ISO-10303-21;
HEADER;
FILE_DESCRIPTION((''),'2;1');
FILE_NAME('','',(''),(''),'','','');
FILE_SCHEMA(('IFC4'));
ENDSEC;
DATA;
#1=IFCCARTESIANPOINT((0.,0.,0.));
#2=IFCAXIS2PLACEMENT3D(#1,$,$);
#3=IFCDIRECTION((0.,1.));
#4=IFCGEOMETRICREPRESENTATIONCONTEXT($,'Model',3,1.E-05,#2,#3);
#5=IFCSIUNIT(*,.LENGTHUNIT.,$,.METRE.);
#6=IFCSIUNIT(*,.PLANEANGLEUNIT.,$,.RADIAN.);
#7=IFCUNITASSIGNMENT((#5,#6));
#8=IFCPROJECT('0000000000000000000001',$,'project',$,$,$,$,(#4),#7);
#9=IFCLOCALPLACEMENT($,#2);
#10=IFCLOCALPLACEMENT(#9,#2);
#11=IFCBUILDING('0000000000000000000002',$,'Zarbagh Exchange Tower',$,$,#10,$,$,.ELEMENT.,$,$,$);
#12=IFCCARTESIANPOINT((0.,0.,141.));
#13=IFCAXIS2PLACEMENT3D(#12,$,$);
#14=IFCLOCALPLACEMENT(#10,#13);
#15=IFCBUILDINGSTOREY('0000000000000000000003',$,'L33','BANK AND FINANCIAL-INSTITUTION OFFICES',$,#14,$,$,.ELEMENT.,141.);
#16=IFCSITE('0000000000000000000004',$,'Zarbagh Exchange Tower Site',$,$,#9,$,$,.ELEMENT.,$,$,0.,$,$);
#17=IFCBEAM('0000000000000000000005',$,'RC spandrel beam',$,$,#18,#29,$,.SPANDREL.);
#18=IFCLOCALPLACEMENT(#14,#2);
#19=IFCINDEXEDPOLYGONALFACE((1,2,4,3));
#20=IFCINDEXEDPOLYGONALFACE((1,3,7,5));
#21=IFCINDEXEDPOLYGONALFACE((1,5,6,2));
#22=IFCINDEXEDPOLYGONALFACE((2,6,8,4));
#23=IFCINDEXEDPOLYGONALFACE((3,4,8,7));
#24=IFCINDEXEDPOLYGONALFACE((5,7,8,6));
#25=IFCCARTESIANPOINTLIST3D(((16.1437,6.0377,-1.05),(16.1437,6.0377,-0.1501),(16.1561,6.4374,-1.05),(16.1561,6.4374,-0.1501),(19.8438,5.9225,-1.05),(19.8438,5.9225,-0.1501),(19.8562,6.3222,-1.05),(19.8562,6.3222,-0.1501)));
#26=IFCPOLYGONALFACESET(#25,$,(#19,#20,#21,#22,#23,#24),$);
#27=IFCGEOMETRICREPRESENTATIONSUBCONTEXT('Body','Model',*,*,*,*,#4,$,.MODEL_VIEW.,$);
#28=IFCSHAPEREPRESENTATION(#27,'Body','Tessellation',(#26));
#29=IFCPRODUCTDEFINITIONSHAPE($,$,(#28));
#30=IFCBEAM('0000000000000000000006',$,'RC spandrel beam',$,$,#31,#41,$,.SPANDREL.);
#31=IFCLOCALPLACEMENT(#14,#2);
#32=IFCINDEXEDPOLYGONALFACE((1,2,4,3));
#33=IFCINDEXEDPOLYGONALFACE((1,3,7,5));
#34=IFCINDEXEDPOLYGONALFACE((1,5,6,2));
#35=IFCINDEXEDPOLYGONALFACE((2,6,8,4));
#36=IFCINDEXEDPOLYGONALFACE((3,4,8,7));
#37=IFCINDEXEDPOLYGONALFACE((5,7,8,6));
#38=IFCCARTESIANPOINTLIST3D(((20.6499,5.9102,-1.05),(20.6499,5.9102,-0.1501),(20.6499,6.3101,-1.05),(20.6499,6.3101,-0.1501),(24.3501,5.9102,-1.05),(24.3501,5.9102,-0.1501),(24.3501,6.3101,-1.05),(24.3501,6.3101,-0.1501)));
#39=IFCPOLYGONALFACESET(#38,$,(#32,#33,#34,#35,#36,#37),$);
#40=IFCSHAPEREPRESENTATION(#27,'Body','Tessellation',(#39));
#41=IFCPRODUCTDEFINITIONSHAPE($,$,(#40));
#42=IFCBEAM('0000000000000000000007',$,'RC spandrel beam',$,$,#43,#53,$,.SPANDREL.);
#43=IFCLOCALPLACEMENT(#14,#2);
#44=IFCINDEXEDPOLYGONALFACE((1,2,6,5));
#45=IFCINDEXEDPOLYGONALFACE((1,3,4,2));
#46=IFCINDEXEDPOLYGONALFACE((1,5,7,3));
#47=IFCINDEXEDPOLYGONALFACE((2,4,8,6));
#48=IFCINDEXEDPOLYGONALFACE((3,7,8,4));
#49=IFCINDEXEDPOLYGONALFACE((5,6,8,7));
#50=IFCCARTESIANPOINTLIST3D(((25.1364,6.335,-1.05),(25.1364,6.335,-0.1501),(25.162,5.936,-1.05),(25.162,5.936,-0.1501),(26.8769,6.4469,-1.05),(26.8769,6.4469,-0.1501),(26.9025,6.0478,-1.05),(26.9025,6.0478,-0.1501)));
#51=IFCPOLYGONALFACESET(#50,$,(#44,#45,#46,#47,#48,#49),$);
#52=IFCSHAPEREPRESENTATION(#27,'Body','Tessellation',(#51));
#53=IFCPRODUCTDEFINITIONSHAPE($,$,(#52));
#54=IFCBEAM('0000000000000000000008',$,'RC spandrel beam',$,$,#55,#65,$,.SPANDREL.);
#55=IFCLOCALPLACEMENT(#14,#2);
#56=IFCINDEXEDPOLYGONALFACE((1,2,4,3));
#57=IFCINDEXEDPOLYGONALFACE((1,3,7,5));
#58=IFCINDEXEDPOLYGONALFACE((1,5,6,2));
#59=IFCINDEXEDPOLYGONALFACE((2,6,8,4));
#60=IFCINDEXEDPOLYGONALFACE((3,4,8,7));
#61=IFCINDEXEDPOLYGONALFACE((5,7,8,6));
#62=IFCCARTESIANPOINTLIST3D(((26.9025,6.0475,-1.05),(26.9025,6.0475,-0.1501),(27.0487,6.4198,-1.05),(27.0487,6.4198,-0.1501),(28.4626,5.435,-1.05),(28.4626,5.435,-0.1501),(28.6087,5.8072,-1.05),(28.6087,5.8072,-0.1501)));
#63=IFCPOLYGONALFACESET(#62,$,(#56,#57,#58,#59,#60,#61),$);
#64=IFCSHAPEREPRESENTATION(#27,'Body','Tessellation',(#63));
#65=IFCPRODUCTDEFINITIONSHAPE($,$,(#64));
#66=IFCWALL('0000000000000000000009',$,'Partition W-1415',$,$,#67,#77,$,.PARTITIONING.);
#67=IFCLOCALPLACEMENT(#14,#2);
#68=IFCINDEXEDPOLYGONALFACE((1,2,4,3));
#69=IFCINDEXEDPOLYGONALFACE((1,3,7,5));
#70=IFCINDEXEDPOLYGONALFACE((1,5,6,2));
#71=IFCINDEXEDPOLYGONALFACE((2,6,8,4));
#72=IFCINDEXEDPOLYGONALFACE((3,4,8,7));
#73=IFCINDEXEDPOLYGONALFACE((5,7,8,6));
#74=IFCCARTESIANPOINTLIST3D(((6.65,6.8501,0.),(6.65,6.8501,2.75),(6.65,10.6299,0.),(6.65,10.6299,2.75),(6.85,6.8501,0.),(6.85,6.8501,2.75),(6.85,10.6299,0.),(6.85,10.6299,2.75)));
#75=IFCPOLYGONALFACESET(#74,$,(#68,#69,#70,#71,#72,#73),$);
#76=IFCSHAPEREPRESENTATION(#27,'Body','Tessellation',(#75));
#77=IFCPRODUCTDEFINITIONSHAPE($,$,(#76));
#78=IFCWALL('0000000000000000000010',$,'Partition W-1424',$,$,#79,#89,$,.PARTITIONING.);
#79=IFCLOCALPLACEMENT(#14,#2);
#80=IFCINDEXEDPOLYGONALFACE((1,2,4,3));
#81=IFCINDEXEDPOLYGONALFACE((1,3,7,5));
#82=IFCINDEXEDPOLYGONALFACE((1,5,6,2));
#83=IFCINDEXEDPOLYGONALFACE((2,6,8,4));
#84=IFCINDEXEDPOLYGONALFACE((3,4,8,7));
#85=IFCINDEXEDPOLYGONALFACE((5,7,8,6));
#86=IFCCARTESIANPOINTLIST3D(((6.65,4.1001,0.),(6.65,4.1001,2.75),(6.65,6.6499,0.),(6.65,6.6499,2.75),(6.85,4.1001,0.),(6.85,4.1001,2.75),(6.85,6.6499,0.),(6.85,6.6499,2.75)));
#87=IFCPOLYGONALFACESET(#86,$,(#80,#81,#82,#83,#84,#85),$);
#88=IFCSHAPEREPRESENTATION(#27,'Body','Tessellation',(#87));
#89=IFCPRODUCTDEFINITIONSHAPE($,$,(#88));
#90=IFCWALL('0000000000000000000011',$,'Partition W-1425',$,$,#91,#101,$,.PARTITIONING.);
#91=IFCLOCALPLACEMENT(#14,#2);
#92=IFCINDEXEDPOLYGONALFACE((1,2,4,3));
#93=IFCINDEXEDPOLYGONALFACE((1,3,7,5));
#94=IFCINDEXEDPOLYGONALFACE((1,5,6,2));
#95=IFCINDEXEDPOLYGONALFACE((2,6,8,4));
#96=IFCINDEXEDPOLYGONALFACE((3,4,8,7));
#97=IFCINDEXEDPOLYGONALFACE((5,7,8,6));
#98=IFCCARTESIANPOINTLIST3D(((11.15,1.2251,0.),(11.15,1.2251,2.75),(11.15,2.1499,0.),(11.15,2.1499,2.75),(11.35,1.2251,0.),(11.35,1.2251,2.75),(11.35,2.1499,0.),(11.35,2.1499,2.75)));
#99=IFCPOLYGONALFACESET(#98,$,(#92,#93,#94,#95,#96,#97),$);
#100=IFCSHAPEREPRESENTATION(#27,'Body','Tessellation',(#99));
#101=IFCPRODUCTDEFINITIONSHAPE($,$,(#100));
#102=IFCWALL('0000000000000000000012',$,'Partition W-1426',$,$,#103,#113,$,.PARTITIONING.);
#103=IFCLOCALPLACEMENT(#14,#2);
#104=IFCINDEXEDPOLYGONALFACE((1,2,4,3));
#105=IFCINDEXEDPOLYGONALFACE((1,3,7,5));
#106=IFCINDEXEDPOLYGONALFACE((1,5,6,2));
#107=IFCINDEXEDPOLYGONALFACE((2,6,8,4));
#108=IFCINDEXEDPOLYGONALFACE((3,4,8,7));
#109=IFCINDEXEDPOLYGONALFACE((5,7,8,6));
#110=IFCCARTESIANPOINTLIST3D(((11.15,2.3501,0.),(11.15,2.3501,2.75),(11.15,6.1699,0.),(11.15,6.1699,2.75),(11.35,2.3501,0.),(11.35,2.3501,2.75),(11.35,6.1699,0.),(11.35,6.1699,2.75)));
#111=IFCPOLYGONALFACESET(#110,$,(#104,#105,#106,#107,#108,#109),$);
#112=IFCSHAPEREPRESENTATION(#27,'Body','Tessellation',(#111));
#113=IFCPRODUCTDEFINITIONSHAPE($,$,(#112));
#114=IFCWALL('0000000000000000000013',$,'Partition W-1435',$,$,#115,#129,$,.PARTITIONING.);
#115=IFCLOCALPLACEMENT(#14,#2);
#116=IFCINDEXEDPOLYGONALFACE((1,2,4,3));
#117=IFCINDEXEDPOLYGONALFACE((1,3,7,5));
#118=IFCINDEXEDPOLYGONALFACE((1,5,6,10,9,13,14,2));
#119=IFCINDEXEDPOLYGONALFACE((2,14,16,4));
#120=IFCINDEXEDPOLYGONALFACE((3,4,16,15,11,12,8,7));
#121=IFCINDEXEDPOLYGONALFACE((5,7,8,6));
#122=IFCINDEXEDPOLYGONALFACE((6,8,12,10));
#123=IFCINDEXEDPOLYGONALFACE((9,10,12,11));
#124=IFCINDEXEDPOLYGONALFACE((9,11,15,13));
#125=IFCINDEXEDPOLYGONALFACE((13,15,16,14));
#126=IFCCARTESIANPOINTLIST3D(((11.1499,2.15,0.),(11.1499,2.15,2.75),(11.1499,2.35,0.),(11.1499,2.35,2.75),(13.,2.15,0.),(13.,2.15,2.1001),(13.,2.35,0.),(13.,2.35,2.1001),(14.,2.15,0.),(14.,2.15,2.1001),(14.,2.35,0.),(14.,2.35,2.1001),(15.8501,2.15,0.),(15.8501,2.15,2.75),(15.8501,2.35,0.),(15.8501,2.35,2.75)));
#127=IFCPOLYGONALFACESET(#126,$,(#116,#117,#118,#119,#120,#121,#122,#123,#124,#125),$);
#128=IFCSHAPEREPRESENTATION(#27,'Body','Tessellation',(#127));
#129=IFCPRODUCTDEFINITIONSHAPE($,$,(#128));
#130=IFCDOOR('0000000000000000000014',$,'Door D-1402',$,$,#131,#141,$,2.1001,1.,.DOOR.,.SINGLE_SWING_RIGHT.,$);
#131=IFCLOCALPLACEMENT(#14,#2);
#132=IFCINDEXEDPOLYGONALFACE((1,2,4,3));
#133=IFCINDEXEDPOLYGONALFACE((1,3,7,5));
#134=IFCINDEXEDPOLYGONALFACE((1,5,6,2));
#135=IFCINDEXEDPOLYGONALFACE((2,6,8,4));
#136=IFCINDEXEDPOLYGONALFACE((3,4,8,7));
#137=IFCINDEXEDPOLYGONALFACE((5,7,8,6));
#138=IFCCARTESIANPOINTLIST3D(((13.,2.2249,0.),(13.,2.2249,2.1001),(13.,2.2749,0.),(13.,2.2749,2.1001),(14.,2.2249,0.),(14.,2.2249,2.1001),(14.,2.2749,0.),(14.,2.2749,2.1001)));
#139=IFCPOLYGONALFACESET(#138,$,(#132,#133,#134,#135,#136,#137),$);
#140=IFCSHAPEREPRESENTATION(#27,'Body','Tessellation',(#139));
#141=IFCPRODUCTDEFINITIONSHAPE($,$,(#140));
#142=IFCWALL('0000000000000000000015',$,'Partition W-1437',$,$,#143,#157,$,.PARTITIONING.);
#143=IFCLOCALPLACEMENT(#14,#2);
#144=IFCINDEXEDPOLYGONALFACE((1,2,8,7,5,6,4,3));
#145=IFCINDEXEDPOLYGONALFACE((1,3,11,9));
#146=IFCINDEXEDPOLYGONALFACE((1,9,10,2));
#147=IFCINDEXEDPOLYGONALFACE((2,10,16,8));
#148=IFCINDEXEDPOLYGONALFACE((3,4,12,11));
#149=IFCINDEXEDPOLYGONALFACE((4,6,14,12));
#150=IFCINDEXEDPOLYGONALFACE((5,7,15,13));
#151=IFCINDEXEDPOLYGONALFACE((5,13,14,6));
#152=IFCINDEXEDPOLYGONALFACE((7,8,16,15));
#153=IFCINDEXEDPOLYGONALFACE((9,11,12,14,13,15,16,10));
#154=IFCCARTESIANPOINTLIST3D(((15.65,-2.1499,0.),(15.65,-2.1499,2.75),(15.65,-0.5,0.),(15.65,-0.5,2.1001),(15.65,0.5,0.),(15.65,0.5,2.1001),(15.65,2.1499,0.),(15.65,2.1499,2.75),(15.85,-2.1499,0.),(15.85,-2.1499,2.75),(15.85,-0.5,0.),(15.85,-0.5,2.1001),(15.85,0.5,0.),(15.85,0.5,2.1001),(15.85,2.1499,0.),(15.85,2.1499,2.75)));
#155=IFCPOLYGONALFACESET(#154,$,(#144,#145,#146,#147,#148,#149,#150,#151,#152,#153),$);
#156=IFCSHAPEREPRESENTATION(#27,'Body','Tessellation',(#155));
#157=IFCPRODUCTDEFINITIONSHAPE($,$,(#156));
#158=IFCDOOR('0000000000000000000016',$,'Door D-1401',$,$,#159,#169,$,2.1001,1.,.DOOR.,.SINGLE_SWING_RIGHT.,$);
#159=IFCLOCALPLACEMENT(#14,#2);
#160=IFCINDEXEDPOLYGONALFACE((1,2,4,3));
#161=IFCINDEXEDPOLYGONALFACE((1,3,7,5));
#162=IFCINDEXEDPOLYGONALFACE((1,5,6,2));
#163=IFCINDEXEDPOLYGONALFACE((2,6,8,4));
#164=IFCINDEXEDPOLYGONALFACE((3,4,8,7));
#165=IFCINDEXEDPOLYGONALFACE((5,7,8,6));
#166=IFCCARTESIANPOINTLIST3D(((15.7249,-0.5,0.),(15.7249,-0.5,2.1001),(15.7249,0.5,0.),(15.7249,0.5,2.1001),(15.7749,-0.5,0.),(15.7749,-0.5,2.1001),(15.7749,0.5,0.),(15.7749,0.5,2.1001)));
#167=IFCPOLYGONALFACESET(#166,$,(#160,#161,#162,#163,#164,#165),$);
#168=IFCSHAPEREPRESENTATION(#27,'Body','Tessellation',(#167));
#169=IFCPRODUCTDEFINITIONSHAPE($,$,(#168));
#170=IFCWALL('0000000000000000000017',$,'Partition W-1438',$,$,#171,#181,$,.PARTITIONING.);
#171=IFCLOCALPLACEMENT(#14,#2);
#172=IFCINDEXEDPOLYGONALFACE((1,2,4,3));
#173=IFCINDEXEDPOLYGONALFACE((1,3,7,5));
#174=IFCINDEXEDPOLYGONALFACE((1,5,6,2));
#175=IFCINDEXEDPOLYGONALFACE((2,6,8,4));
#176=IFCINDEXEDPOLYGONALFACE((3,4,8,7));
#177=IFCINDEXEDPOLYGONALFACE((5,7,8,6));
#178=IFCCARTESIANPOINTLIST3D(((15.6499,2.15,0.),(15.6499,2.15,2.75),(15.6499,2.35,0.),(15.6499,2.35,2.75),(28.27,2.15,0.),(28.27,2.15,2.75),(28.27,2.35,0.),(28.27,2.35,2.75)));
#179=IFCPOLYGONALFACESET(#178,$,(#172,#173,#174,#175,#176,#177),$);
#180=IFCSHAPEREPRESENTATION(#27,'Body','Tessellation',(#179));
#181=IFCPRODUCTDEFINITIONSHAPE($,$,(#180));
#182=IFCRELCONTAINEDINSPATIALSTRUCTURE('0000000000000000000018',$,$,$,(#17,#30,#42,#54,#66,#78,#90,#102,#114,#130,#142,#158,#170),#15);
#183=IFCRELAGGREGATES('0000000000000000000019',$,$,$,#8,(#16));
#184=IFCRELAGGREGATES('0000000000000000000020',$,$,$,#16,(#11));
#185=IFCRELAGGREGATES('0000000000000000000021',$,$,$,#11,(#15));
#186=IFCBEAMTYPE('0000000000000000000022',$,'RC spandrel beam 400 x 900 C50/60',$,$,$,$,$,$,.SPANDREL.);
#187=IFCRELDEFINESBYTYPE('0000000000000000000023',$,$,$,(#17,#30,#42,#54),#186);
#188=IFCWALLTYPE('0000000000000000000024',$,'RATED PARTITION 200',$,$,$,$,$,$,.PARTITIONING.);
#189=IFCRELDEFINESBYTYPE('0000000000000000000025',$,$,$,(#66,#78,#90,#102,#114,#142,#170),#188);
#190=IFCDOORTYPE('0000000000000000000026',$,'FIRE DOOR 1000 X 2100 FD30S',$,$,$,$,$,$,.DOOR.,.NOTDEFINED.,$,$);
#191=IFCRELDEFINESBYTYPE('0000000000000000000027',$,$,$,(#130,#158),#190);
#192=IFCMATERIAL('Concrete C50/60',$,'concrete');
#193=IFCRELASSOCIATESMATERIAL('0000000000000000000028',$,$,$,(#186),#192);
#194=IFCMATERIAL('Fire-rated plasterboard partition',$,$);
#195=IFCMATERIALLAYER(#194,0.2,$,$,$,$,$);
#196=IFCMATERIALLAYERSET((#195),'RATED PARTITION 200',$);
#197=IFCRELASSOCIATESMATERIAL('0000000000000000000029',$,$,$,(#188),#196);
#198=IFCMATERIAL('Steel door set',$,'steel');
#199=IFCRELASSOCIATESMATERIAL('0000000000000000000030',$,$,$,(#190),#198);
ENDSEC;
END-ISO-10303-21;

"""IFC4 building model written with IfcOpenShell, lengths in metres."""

from ifc_helpers import new_model, si_unit, direction, frame, frame_2d, origin, origin_2d, place, context, subcontext, project, spatial, rectangle, extrude, material, layer, layer_set, material_profile, profile_set, type_object, element, fill, save


model = new_model("IFC4")

# Units and contexts
model_context = context("Model", 3, precision=1e-05, world=origin(), true_north=direction((0.0, 1.0)))
body_context = subcontext(model_context, "Body", "Model", "MODEL_VIEW")
ifc_project = project(units=[si_unit("LENGTHUNIT", "METRE"), si_unit("PLANEANGLEUNIT", "RADIAN")], contexts=[model_context])

# Site, building, storey
site_placement = place(None, origin())
site = spatial("IfcSite", under=ifc_project, at=site_placement, Name="Zarbagh Exchange Tower Site", CompositionType="ELEMENT", RefElevation=0.0)
building_placement = place(site_placement, origin())
building = spatial("IfcBuilding", under=site, at=building_placement, Name="Zarbagh Exchange Tower", CompositionType="ELEMENT")
storey_placement = place(building_placement, frame((0.0, 0.0, 141.0)))
storey = spatial("IfcBuildingStorey", under=building, at=storey_placement, Name="L33", Description="BANK AND FINANCIAL-INSTITUTION OFFICES", CompositionType="ELEMENT", Elevation=141.0)

# Shared definitions
ifc_material_1 = material(Name="Concrete C50/60", Category="concrete")

# Beams
ifc_material_profile_1 = material_profile(ifc_material_1, rectangle(XDim=0.3999, YDim=0.8999, at=origin_2d()), Name="RC spandrel beam 400 x 900 C50/60")
ifc_profile_set_1 = profile_set([ifc_material_profile_1], Name="Concrete C50/60")
beam_type_1 = type_object("IfcBeamType", Name="RC spandrel beam 400 x 900 C50/60", PredefinedType="SPANDREL", material=ifc_profile_set_1)
beam_1_placement = place(storey_placement, frame((16.1499, 6.2375, -0.6001), z_axis=(0.999515, -0.031128, 0.0), x_axis=(0.031128, 0.999515, 0.0)))
element("IfcBeam", 1, at=beam_1_placement, inside=storey, type_object=beam_type_1, Name="RC spandrel beam", PredefinedType="SPANDREL", context=body_context, shape_type="SweptSolid", body=[
    extrude(rectangle(XDim=0.3999, YDim=0.8999, at=origin_2d()), origin(), (0.0, 0.0, 1.0), 3.7019),
])
beam_2_placement = place(storey_placement, frame((20.6499, 6.1101, -0.6001), z_axis=(1.0, 0.0, 0.0), x_axis=(0.0, 1.0, 0.0)))
element("IfcBeam", 2, at=beam_2_placement, inside=storey, type_object=beam_type_1, Name="RC spandrel beam", PredefinedType="SPANDREL", context=body_context, shape_type="SweptSolid", body=[
    extrude(rectangle(XDim=0.3999, YDim=0.8999, at=origin_2d()), origin(), (0.0, 0.0, 1.0), 3.7002),
])
beam_3_placement = place(storey_placement, frame((25.1492, 6.1355, -0.6001), z_axis=(0.997943, 0.064112, 0.0), x_axis=(-0.064112, 0.997943, 0.0)))
element("IfcBeam", 3, at=beam_3_placement, inside=storey, type_object=beam_type_1, Name="RC spandrel beam", PredefinedType="SPANDREL", context=body_context, shape_type="SweptSolid", body=[
    extrude(rectangle(XDim=0.3999, YDim=0.8999, at=origin_2d()), origin(), (0.0, 0.0, 1.0), 1.7441),
])
beam_4_placement = place(storey_placement, frame((26.9756, 6.2336, -0.6001), z_axis=(0.930819, -0.365481, 0.0), x_axis=(0.365481, 0.930819, 0.0)))
element("IfcBeam", 4, at=beam_4_placement, inside=storey, type_object=beam_type_1, Name="RC spandrel beam", PredefinedType="SPANDREL", context=body_context, shape_type="SweptSolid", body=[
    extrude(rectangle(XDim=0.3999, YDim=0.8999, at=origin_2d()), origin(), (0.0, 0.0, 1.0), 1.676),
])

# Walls
ifc_material_2 = material(Name="Fire-rated plasterboard partition")
ifc_layer = layer(ifc_material_2, 0.2)
ifc_layer_set = layer_set([ifc_layer], Name="RATED PARTITION 200")
wall_type = type_object("IfcWallType", Name="RATED PARTITION 200", PredefinedType="PARTITIONING", material=ifc_layer_set)
wall_1_placement = place(storey_placement, frame((6.75, 6.8501, 0.0), z_axis=(0.0, 0.0, 1.0), x_axis=(0.0, 1.0, 0.0)))
element("IfcWall", 5, at=wall_1_placement, inside=storey, type_object=wall_type, Name="Partition W-1415", PredefinedType="PARTITIONING", context=body_context, shape_type="SweptSolid", body=[
    extrude(rectangle(XDim=3.7798, YDim=0.2, at=frame_2d((1.8899, 0.0))), origin(), (0.0, 0.0, 1.0), 2.75),
])
wall_2_placement = place(storey_placement, frame((6.75, 4.1001, 0.0), z_axis=(0.0, 0.0, 1.0), x_axis=(0.0, 1.0, 0.0)))
element("IfcWall", 6, at=wall_2_placement, inside=storey, type_object=wall_type, Name="Partition W-1424", PredefinedType="PARTITIONING", context=body_context, shape_type="SweptSolid", body=[
    extrude(rectangle(XDim=2.5498, YDim=0.2, at=frame_2d((1.2749, 0.0))), origin(), (0.0, 0.0, 1.0), 2.75),
])
wall_3_placement = place(storey_placement, frame((11.25, 1.2251, 0.0), z_axis=(0.0, 0.0, 1.0), x_axis=(0.0, 1.0, 0.0)))
element("IfcWall", 7, at=wall_3_placement, inside=storey, type_object=wall_type, Name="Partition W-1425", PredefinedType="PARTITIONING", context=body_context, shape_type="SweptSolid", body=[
    extrude(rectangle(XDim=0.9248, YDim=0.2, at=frame_2d((0.4624, 0.0))), origin(), (0.0, 0.0, 1.0), 2.75),
])
wall_4_placement = place(storey_placement, frame((11.25, 2.3501, 0.0), z_axis=(0.0, 0.0, 1.0), x_axis=(0.0, 1.0, 0.0)))
element("IfcWall", 8, at=wall_4_placement, inside=storey, type_object=wall_type, Name="Partition W-1426", PredefinedType="PARTITIONING", context=body_context, shape_type="SweptSolid", body=[
    extrude(rectangle(XDim=3.8198, YDim=0.2, at=frame_2d((1.9099, 0.0))), origin(), (0.0, 0.0, 1.0), 2.75),
])

# Walls, openings, doors
wall_5_placement = place(storey_placement, frame((11.1499, 2.25, 0.0), z_axis=(0.0, 0.0, 1.0), x_axis=(1.0, 0.0, 0.0)))
wall_5 = element("IfcWall", 9, at=wall_5_placement, inside=storey, type_object=wall_type, Name="Partition W-1435", PredefinedType="PARTITIONING", context=body_context, shape_type="SweptSolid", body=[
    extrude(rectangle(XDim=4.7002, YDim=0.2, at=frame_2d((2.3501, 0.0))), origin(), (0.0, 0.0, 1.0), 2.75),
])
opening_1_placement = place(wall_5_placement, frame((1.8501, 0.0, 0.0)))
opening_1 = element("IfcOpeningElement", 10, at=opening_1_placement, cuts=wall_5, PredefinedType="OPENING", context=body_context, shape_type="SweptSolid", body=[
    extrude(rectangle(XDim=1.0, YDim=2.1001, at=frame_2d((0.5, 1.05))), frame((0.0, 0.1099, 0.0), z_axis=(0.0, -1.0, 0.0), x_axis=(1.0, 0.0, 0.0)), (0.0, 0.0, 1.0), 0.22),
])
ifc_material_3 = material(Name="Steel door set", Category="steel")
door_type = type_object("IfcDoorType", Name="FIRE DOOR 1000 X 2100 FD30S", OperationType="NOTDEFINED", PredefinedType="DOOR", material=ifc_material_3)
door_1_placement = place(opening_1_placement, origin())
door_1 = element("IfcDoor", 11, at=door_1_placement, inside=storey, type_object=door_type, Name="Door D-1402", OperationType="SINGLE_SWING_RIGHT", OverallHeight=2.1001, OverallWidth=1.0, PredefinedType="DOOR", context=body_context, shape_type="SweptSolid", body=[
    extrude(rectangle(XDim=1.0, YDim=2.1001, at=frame_2d((0.5, 1.05))), frame((0.0, 0.0249, 0.0), z_axis=(0.0, -1.0, 0.0), x_axis=(1.0, 0.0, 0.0)), (0.0, 0.0, 1.0), 0.05),
])
fill(opening_1, door_1)
wall_6_placement = place(storey_placement, frame((15.75, 2.1499, 0.0), z_axis=(0.0, 0.0, 1.0), x_axis=(0.0, -1.0, 0.0)))
wall_6 = element("IfcWall", 12, at=wall_6_placement, inside=storey, type_object=wall_type, Name="Partition W-1437", PredefinedType="PARTITIONING", context=body_context, shape_type="SweptSolid", body=[
    extrude(rectangle(XDim=4.2998, YDim=0.2, at=frame_2d((2.1499, 0.0))), origin(), (0.0, 0.0, 1.0), 2.75),
])
opening_2_placement = place(wall_6_placement, frame((1.6499, 0.0, 0.0)))
opening_2 = element("IfcOpeningElement", 13, at=opening_2_placement, cuts=wall_6, PredefinedType="OPENING", context=body_context, shape_type="SweptSolid", body=[
    extrude(rectangle(XDim=1.0, YDim=2.1001, at=frame_2d((0.5, 1.05))), frame((0.0, 0.1099, 0.0), z_axis=(0.0, -1.0, 0.0), x_axis=(1.0, 0.0, 0.0)), (0.0, 0.0, 1.0), 0.22),
])
door_2_placement = place(opening_2_placement, origin())
door_2 = element("IfcDoor", 14, at=door_2_placement, inside=storey, type_object=door_type, Name="Door D-1401", OperationType="SINGLE_SWING_RIGHT", OverallHeight=2.1001, OverallWidth=1.0, PredefinedType="DOOR", context=body_context, shape_type="SweptSolid", body=[
    extrude(rectangle(XDim=1.0, YDim=2.1001, at=frame_2d((0.5, 1.05))), frame((0.0, 0.0249, 0.0), z_axis=(0.0, -1.0, 0.0), x_axis=(1.0, 0.0, 0.0)), (0.0, 0.0, 1.0), 0.05),
])
fill(opening_2, door_2)

# Wall
wall_7_placement = place(storey_placement, frame((15.6499, 2.25, 0.0), z_axis=(0.0, 0.0, 1.0), x_axis=(1.0, 0.0, 0.0)))
element("IfcWall", 15, at=wall_7_placement, inside=storey, type_object=wall_type, Name="Partition W-1438", PredefinedType="PARTITIONING", context=body_context, shape_type="SweptSolid", body=[
    extrude(rectangle(XDim=12.6201, YDim=0.2, at=frame_2d((6.3101, 0.0))), origin(), (0.0, 0.0, 1.0), 2.75),
])

save(model, "model.ifc")
